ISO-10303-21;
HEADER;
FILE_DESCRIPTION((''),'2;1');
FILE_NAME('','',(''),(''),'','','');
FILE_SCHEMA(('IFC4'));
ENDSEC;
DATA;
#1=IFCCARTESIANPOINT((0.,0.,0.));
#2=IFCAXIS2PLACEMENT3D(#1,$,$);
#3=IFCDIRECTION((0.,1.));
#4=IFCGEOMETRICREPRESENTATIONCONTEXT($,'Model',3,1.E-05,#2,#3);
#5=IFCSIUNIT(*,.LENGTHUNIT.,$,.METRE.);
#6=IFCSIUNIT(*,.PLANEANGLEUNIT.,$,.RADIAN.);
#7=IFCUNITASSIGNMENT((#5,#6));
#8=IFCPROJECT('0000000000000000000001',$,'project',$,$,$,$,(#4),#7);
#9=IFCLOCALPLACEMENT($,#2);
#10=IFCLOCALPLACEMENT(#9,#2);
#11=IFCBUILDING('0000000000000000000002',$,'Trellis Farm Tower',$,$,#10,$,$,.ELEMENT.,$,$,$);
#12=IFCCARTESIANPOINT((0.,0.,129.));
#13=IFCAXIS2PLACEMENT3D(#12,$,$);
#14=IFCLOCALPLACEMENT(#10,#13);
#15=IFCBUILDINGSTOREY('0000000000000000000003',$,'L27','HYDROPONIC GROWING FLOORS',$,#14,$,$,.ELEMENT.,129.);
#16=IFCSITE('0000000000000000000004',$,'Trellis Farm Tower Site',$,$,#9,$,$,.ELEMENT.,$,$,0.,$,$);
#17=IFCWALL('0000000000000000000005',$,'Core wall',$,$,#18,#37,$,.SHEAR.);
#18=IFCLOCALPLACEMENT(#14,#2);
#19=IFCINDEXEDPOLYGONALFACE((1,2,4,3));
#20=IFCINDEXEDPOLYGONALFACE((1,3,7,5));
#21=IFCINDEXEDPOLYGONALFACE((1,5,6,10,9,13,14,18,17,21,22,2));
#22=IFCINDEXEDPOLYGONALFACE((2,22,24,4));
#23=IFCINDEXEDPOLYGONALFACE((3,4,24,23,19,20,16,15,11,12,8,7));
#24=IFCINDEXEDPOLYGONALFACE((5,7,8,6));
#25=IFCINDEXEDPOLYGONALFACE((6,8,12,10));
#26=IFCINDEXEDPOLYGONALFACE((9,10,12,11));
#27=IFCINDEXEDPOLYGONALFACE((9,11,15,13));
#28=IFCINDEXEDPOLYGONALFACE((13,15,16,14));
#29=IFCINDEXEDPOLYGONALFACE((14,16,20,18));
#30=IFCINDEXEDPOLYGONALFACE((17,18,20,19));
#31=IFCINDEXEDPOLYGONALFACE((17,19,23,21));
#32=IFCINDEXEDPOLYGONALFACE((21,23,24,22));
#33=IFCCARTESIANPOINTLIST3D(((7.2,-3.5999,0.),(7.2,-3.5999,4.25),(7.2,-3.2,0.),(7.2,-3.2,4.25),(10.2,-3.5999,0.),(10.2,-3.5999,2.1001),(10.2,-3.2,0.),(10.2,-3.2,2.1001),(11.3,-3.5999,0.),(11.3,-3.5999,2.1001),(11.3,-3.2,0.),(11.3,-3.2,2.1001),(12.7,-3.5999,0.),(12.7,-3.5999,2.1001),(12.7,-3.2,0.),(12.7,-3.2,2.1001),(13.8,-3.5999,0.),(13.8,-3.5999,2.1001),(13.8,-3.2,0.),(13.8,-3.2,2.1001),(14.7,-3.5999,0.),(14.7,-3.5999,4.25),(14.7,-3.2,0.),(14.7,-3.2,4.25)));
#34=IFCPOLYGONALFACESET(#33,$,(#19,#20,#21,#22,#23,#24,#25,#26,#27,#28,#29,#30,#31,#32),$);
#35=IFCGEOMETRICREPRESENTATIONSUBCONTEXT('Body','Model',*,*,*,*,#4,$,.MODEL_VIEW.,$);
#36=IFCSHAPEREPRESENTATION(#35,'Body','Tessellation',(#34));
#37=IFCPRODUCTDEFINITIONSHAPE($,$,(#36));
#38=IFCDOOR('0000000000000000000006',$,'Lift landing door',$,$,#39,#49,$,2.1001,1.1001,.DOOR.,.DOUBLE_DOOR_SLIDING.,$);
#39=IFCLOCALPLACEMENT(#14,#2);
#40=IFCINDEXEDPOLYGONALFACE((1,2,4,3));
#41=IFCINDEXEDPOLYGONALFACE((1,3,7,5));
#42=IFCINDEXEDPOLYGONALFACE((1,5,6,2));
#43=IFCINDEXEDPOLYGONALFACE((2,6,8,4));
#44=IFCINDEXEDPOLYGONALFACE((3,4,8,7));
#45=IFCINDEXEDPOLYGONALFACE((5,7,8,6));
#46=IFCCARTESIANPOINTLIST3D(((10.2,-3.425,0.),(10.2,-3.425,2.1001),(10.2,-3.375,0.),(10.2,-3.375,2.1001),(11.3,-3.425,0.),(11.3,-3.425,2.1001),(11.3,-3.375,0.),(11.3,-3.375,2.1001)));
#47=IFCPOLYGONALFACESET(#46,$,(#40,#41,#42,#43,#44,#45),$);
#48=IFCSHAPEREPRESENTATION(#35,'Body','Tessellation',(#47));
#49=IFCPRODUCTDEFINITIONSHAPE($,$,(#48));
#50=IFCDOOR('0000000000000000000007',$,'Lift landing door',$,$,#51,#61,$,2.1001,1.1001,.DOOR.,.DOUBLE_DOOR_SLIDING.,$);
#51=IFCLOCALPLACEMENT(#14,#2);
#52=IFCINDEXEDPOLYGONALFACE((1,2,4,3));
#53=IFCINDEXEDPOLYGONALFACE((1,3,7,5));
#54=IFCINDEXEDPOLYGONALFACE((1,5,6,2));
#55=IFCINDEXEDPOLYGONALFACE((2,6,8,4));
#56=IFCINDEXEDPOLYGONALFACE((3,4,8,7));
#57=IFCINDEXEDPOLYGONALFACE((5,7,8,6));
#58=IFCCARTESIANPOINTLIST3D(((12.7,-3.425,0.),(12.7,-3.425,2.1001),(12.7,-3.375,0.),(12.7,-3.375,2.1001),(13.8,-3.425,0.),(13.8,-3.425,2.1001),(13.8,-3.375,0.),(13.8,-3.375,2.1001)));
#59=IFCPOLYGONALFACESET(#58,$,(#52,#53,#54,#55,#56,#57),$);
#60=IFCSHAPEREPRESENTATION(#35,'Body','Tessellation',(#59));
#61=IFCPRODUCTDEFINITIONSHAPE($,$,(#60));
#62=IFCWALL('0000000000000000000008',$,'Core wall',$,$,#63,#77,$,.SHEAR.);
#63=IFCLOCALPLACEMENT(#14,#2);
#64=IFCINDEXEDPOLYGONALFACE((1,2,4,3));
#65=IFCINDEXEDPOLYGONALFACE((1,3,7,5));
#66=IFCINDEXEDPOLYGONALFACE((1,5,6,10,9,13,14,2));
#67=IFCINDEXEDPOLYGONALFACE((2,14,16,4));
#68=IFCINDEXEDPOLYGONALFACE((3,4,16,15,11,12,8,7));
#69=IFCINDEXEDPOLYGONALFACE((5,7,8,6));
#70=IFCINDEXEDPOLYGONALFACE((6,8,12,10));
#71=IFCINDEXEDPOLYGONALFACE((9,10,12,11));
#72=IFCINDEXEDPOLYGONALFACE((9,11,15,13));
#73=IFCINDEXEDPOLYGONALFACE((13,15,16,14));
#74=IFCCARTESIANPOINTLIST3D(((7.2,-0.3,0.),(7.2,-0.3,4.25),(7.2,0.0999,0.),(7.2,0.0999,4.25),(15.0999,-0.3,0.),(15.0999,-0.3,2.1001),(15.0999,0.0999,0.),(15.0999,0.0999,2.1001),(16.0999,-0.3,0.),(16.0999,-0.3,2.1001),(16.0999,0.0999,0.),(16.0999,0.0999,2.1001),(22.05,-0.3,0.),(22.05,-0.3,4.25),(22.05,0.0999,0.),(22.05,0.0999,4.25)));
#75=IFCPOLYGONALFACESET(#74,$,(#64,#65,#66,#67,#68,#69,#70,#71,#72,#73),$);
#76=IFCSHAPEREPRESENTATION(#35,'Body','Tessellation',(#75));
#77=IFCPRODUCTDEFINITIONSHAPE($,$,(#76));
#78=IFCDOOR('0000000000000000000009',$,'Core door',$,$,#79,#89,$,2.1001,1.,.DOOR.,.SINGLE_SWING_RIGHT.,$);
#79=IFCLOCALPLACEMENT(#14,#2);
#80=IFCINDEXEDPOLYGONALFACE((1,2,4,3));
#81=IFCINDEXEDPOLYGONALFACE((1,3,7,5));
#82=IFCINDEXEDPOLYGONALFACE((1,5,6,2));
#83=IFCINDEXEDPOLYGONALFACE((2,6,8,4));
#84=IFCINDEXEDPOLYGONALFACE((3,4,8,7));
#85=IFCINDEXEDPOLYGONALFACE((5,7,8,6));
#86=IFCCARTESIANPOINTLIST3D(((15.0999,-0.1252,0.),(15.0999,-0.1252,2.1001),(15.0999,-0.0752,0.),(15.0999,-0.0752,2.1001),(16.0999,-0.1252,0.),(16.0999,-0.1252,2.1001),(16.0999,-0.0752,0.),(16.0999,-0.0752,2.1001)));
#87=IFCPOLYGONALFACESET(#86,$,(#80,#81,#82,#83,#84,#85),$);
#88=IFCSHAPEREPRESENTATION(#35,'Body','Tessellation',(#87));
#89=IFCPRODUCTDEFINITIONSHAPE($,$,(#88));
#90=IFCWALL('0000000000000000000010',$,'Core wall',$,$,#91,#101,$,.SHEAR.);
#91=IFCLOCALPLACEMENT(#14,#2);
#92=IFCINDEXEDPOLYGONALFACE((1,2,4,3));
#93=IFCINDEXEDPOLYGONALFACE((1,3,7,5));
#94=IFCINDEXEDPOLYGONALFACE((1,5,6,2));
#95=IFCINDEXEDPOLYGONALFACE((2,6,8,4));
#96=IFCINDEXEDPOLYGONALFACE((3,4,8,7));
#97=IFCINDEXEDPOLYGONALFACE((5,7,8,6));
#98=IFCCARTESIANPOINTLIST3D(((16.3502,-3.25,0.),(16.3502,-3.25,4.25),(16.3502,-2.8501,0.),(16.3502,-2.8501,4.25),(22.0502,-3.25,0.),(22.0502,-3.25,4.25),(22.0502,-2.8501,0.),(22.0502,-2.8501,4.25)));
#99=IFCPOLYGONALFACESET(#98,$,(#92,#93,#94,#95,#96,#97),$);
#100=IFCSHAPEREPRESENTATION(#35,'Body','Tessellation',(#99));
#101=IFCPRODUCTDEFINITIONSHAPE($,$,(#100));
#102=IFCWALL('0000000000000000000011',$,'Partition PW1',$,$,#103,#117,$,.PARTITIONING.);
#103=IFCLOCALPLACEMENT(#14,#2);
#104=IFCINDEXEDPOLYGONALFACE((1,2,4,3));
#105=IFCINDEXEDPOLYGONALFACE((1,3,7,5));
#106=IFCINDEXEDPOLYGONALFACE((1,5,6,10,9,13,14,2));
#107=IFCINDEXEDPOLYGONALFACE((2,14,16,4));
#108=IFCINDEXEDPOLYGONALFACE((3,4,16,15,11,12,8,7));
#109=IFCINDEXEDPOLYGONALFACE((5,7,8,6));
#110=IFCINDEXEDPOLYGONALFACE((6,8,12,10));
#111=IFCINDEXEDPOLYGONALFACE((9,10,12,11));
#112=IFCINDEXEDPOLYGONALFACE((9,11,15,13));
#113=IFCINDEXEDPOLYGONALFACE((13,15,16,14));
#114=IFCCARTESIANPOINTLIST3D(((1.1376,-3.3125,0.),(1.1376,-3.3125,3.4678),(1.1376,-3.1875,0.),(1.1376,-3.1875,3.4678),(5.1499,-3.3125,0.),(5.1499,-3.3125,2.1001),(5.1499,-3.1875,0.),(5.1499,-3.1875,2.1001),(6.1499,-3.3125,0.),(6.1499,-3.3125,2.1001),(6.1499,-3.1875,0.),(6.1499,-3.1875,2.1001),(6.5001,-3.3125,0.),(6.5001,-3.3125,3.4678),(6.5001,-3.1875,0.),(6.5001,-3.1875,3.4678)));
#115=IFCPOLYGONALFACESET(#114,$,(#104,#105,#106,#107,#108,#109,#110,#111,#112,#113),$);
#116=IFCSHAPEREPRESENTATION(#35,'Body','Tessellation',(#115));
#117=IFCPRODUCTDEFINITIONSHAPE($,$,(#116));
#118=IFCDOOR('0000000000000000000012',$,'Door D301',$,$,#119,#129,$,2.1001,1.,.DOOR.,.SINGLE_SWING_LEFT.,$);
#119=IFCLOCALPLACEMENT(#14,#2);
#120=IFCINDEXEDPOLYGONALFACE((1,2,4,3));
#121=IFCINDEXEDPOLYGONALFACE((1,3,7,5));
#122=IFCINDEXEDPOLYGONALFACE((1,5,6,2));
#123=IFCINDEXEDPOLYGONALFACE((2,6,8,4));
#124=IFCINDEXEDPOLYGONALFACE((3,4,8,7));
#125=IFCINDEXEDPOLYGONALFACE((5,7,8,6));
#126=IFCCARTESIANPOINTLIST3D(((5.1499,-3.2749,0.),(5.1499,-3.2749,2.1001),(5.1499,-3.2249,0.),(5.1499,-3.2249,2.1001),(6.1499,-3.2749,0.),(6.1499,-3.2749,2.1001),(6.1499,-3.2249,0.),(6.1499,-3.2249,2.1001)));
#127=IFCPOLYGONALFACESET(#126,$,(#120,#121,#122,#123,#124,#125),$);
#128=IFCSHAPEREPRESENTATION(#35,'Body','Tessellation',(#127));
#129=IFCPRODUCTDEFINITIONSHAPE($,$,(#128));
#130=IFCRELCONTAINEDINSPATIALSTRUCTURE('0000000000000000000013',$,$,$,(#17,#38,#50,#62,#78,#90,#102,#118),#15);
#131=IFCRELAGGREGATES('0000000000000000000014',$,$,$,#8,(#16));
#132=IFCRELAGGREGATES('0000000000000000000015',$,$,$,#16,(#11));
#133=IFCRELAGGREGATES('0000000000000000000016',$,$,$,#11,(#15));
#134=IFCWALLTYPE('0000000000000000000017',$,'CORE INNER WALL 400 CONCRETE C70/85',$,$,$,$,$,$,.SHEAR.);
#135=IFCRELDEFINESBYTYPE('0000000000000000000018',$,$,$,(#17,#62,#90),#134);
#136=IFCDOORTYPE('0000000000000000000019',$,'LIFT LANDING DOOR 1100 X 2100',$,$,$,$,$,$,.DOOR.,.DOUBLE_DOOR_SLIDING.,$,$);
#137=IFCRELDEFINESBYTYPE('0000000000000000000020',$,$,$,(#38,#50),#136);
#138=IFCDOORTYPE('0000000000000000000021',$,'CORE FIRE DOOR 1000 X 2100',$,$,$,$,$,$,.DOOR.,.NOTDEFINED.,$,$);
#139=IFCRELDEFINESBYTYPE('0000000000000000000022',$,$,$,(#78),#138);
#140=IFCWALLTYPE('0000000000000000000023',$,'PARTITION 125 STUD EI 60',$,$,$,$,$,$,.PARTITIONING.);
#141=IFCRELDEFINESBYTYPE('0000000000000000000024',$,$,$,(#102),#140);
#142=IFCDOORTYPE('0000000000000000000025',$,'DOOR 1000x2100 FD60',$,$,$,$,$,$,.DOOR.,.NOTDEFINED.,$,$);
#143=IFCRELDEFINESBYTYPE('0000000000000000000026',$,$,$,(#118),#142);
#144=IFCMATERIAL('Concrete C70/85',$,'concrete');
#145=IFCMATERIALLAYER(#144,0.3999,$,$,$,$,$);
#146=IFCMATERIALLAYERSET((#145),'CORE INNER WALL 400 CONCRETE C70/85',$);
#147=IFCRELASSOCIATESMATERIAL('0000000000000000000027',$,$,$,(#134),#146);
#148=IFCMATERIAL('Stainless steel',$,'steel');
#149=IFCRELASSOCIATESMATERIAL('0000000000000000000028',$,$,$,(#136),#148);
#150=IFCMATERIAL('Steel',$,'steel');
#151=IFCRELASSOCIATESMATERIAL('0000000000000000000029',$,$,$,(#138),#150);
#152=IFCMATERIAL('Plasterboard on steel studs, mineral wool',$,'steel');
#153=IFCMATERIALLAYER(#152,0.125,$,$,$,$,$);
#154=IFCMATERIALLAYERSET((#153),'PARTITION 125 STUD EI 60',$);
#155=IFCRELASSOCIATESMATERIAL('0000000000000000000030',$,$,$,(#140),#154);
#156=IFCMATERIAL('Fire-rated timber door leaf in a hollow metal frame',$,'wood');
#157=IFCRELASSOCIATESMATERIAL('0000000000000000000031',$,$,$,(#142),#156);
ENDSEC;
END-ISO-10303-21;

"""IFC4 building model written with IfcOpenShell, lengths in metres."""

from ifc_helpers import new_model, si_unit, direction, frame, frame_2d, origin, place, context, subcontext, project, spatial, rectangle, extrude, source, transform, mapped, material, layer, layer_set, type_object, element, fill, save


model = new_model("IFC4")

# Units and contexts
model_context = context("Model", 3, precision=1e-05, world=origin(), true_north=direction((0.0, 1.0)))
body_context = subcontext(model_context, "Body", "Model", "MODEL_VIEW")
ifc_project = project(units=[si_unit("LENGTHUNIT", "METRE"), si_unit("PLANEANGLEUNIT", "RADIAN")], contexts=[model_context])

# Site, building, storey
site_placement = place(None, origin())
site = spatial("IfcSite", under=ifc_project, at=site_placement, Name="Trellis Farm Tower Site", CompositionType="ELEMENT", RefElevation=0.0)
building_placement = place(site_placement, origin())
building = spatial("IfcBuilding", under=site, at=building_placement, Name="Trellis Farm Tower", CompositionType="ELEMENT")
storey_placement = place(building_placement, frame((0.0, 0.0, 129.0)))
storey = spatial("IfcBuildingStorey", under=building, at=storey_placement, Name="L27", Description="HYDROPONIC GROWING FLOORS", CompositionType="ELEMENT", Elevation=129.0)

# Shared definitions
ifc_material_1 = material(Name="Concrete C70/85", Category="concrete")

# Wall, openings, doors
ifc_layer_1 = layer(ifc_material_1, 0.3999)
ifc_layer_set_1 = layer_set([ifc_layer_1], Name="CORE INNER WALL 400 CONCRETE C70/85")
wall_type_1 = type_object("IfcWallType", Name="CORE INNER WALL 400 CONCRETE C70/85", PredefinedType="SHEAR", material=ifc_layer_set_1)
shared_shape_1 = source(origin(), body_context, "Body", "SweptSolid", [
    extrude(rectangle(XDim=7.5, YDim=0.3999, at=frame_2d((3.75, 0.0))), origin(), (0.0, 0.0, 1.0), 4.25),
])
wall_1_placement = place(storey_placement, frame((7.2, -3.3999, 0.0), z_axis=(0.0, 0.0, 1.0), x_axis=(1.0, 0.0, 0.0)))
wall_1 = element("IfcWall", 1, at=wall_1_placement, inside=storey, type_object=wall_type_1, Name="Core wall", PredefinedType="SHEAR", context=body_context, shape_type="MappedRepresentation", body=[
    mapped(shared_shape_1, transform((0.0, 0.0, 0.0))),
])
shared_shape_2 = source(origin(), body_context, "Body", "SweptSolid", [
    extrude(rectangle(XDim=1.1001, YDim=2.1001, at=frame_2d((0.55, 1.05))), frame((0.0, 0.21, 0.0), z_axis=(0.0, -1.0, 0.0), x_axis=(1.0, 0.0, 0.0)), (0.0, 0.0, 1.0), 0.4199),
])
opening_1_placement = place(wall_1_placement, frame((3.0, 0.0, 0.0)))
opening_1 = element("IfcOpeningElement", 2, at=opening_1_placement, cuts=wall_1, PredefinedType="OPENING", context=body_context, shape_type="MappedRepresentation", body=[
    mapped(shared_shape_2, transform((0.0, 0.0, 0.0))),
])
opening_2_placement = place(wall_1_placement, frame((5.5, 0.0, 0.0)))
opening_2 = element("IfcOpeningElement", 3, at=opening_2_placement, cuts=wall_1, PredefinedType="OPENING", context=body_context, shape_type="MappedRepresentation", body=[
    mapped(shared_shape_2, transform((0.0, 0.0, 0.0))),
])
ifc_material_2 = material(Name="Stainless steel", Category="steel")
door_type_1 = type_object("IfcDoorType", Name="LIFT LANDING DOOR 1100 X 2100", OperationType="DOUBLE_DOOR_SLIDING", PredefinedType="DOOR", material=ifc_material_2)
shared_shape_3 = source(origin(), body_context, "Body", "SweptSolid", [
    extrude(rectangle(XDim=1.1001, YDim=2.1001, at=frame_2d((0.55, 1.05))), frame((0.0, 0.0249, 0.0), z_axis=(0.0, -1.0, 0.0), x_axis=(1.0, 0.0, 0.0)), (0.0, 0.0, 1.0), 0.05),
])
door_1_placement = place(opening_1_placement, origin())
door_1 = element("IfcDoor", 4, at=door_1_placement, inside=storey, type_object=door_type_1, Name="Lift landing door", OperationType="DOUBLE_DOOR_SLIDING", OverallHeight=2.1001, OverallWidth=1.1001, PredefinedType="DOOR", context=body_context, shape_type="MappedRepresentation", body=[
    mapped(shared_shape_3, transform((0.0, 0.0, 0.0))),
])
fill(opening_1, door_1)
door_2_placement = place(opening_2_placement, origin())
door_2 = element("IfcDoor", 5, at=door_2_placement, inside=storey, type_object=door_type_1, Name="Lift landing door", OperationType="DOUBLE_DOOR_SLIDING", OverallHeight=2.1001, OverallWidth=1.1001, PredefinedType="DOOR", context=body_context, shape_type="MappedRepresentation", body=[
    mapped(shared_shape_3, transform((0.0, 0.0, 0.0))),
])
fill(opening_2, door_2)

# Wall, opening, door
shared_shape_4 = source(origin(), body_context, "Body", "SweptSolid", [
    extrude(rectangle(XDim=14.8501, YDim=0.3999, at=frame_2d((7.425, 0.0))), origin(), (0.0, 0.0, 1.0), 4.25),
])
wall_2_placement = place(storey_placement, frame((7.2, -0.1001, 0.0), z_axis=(0.0, 0.0, 1.0), x_axis=(1.0, 0.0, 0.0)))
wall_2 = element("IfcWall", 6, at=wall_2_placement, inside=storey, type_object=wall_type_1, Name="Core wall", PredefinedType="SHEAR", context=body_context, shape_type="MappedRepresentation", body=[
    mapped(shared_shape_4, transform((0.0, 0.0, 0.0))),
])
shared_shape_5 = source(origin(), body_context, "Body", "SweptSolid", [
    extrude(rectangle(XDim=1.0, YDim=2.1001, at=frame_2d((0.5, 1.05))), frame((0.0, 0.21, 0.0), z_axis=(0.0, -1.0, 0.0), x_axis=(1.0, 0.0, 0.0)), (0.0, 0.0, 1.0), 0.4199),
])
opening_3_placement = place(wall_2_placement, frame((7.8999, 0.0, 0.0)))
opening_3 = element("IfcOpeningElement", 7, at=opening_3_placement, cuts=wall_2, PredefinedType="OPENING", context=body_context, shape_type="MappedRepresentation", body=[
    mapped(shared_shape_5, transform((0.0, 0.0, 0.0))),
])
ifc_material_3 = material(Name="Steel", Category="steel")
door_type_2 = type_object("IfcDoorType", Name="CORE FIRE DOOR 1000 X 2100", OperationType="NOTDEFINED", PredefinedType="DOOR", material=ifc_material_3)
shared_shape_6 = source(origin(), body_context, "Body", "SweptSolid", [
    extrude(rectangle(XDim=1.0, YDim=2.1001, at=frame_2d((0.5, 1.05))), frame((0.0, 0.0249, 0.0), z_axis=(0.0, -1.0, 0.0), x_axis=(1.0, 0.0, 0.0)), (0.0, 0.0, 1.0), 0.05),
])
door_3_placement = place(opening_3_placement, origin())
door_3 = element("IfcDoor", 8, at=door_3_placement, inside=storey, type_object=door_type_2, Name="Core door", OperationType="SINGLE_SWING_RIGHT", OverallHeight=2.1001, OverallWidth=1.0, PredefinedType="DOOR", context=body_context, shape_type="MappedRepresentation", body=[
    mapped(shared_shape_6, transform((0.0, 0.0, 0.0))),
])
fill(opening_3, door_3)

# Wall
shared_shape_7 = source(origin(), body_context, "Body", "SweptSolid", [
    extrude(rectangle(XDim=5.7, YDim=0.3999, at=frame_2d((2.8501, 0.0))), origin(), (0.0, 0.0, 1.0), 4.25),
])
wall_3_placement = place(storey_placement, frame((16.3501, -3.05, 0.0), z_axis=(0.0, 0.0, 1.0), x_axis=(1.0, 0.0, 0.0)))
element("IfcWall", 9, at=wall_3_placement, inside=storey, type_object=wall_type_1, Name="Core wall", PredefinedType="SHEAR", context=body_context, shape_type="MappedRepresentation", body=[
    mapped(shared_shape_7, transform((0.0, 0.0, 0.0))),
])

# Wall, opening, door
ifc_material_4 = material(Name="Plasterboard on steel studs, mineral wool", Category="steel")
ifc_layer_2 = layer(ifc_material_4, 0.125)
ifc_layer_set_2 = layer_set([ifc_layer_2], Name="PARTITION 125 STUD EI 60")
wall_type_2 = type_object("IfcWallType", Name="PARTITION 125 STUD EI 60", PredefinedType="PARTITIONING", material=ifc_layer_set_2)
shared_shape_8 = source(origin(), body_context, "Body", "SweptSolid", [
    extrude(rectangle(XDim=5.3625, YDim=0.125, at=frame_2d((2.6812, 0.0))), origin(), (0.0, 0.0, 1.0), 3.4678),
])
wall_4_placement = place(storey_placement, frame((6.5, -3.25, 0.0), z_axis=(0.0, 0.0, 1.0), x_axis=(-1.0, 0.0, 0.0)))
wall_4 = element("IfcWall", 10, at=wall_4_placement, inside=storey, type_object=wall_type_2, Name="Partition PW1", PredefinedType="PARTITIONING", context=body_context, shape_type="MappedRepresentation", body=[
    mapped(shared_shape_8, transform((0.0, 0.0, 0.0))),
])
shared_shape_9 = source(origin(), body_context, "Body", "SweptSolid", [
    extrude(rectangle(XDim=1.0, YDim=2.1001, at=frame_2d((0.5, 1.05))), frame((0.0, 0.0725, 0.0), z_axis=(0.0, -1.0, 0.0), x_axis=(1.0, 0.0, 0.0)), (0.0, 0.0, 1.0), 0.145),
])
opening_4_placement = place(wall_4_placement, frame((0.3501, 0.0, 0.0)))
opening_4 = element("IfcOpeningElement", 11, at=opening_4_placement, cuts=wall_4, PredefinedType="OPENING", context=body_context, shape_type="MappedRepresentation", body=[
    mapped(shared_shape_9, transform((0.0, 0.0, 0.0))),
])
ifc_material_5 = material(Name="Fire-rated timber door leaf in a hollow metal frame", Category="wood")
door_type_3 = type_object("IfcDoorType", Name="DOOR 1000x2100 FD60", OperationType="NOTDEFINED", PredefinedType="DOOR", material=ifc_material_5)
door_4_placement = place(opening_4_placement, origin())
door_4 = element("IfcDoor", 12, at=door_4_placement, inside=storey, type_object=door_type_3, Name="Door D301", OperationType="SINGLE_SWING_LEFT", OverallHeight=2.1001, OverallWidth=1.0, PredefinedType="DOOR", context=body_context, shape_type="MappedRepresentation", body=[
    mapped(shared_shape_6, transform((0.0, 0.0, 0.0))),
])
fill(opening_4, door_4)

save(model, "model.ifc")
